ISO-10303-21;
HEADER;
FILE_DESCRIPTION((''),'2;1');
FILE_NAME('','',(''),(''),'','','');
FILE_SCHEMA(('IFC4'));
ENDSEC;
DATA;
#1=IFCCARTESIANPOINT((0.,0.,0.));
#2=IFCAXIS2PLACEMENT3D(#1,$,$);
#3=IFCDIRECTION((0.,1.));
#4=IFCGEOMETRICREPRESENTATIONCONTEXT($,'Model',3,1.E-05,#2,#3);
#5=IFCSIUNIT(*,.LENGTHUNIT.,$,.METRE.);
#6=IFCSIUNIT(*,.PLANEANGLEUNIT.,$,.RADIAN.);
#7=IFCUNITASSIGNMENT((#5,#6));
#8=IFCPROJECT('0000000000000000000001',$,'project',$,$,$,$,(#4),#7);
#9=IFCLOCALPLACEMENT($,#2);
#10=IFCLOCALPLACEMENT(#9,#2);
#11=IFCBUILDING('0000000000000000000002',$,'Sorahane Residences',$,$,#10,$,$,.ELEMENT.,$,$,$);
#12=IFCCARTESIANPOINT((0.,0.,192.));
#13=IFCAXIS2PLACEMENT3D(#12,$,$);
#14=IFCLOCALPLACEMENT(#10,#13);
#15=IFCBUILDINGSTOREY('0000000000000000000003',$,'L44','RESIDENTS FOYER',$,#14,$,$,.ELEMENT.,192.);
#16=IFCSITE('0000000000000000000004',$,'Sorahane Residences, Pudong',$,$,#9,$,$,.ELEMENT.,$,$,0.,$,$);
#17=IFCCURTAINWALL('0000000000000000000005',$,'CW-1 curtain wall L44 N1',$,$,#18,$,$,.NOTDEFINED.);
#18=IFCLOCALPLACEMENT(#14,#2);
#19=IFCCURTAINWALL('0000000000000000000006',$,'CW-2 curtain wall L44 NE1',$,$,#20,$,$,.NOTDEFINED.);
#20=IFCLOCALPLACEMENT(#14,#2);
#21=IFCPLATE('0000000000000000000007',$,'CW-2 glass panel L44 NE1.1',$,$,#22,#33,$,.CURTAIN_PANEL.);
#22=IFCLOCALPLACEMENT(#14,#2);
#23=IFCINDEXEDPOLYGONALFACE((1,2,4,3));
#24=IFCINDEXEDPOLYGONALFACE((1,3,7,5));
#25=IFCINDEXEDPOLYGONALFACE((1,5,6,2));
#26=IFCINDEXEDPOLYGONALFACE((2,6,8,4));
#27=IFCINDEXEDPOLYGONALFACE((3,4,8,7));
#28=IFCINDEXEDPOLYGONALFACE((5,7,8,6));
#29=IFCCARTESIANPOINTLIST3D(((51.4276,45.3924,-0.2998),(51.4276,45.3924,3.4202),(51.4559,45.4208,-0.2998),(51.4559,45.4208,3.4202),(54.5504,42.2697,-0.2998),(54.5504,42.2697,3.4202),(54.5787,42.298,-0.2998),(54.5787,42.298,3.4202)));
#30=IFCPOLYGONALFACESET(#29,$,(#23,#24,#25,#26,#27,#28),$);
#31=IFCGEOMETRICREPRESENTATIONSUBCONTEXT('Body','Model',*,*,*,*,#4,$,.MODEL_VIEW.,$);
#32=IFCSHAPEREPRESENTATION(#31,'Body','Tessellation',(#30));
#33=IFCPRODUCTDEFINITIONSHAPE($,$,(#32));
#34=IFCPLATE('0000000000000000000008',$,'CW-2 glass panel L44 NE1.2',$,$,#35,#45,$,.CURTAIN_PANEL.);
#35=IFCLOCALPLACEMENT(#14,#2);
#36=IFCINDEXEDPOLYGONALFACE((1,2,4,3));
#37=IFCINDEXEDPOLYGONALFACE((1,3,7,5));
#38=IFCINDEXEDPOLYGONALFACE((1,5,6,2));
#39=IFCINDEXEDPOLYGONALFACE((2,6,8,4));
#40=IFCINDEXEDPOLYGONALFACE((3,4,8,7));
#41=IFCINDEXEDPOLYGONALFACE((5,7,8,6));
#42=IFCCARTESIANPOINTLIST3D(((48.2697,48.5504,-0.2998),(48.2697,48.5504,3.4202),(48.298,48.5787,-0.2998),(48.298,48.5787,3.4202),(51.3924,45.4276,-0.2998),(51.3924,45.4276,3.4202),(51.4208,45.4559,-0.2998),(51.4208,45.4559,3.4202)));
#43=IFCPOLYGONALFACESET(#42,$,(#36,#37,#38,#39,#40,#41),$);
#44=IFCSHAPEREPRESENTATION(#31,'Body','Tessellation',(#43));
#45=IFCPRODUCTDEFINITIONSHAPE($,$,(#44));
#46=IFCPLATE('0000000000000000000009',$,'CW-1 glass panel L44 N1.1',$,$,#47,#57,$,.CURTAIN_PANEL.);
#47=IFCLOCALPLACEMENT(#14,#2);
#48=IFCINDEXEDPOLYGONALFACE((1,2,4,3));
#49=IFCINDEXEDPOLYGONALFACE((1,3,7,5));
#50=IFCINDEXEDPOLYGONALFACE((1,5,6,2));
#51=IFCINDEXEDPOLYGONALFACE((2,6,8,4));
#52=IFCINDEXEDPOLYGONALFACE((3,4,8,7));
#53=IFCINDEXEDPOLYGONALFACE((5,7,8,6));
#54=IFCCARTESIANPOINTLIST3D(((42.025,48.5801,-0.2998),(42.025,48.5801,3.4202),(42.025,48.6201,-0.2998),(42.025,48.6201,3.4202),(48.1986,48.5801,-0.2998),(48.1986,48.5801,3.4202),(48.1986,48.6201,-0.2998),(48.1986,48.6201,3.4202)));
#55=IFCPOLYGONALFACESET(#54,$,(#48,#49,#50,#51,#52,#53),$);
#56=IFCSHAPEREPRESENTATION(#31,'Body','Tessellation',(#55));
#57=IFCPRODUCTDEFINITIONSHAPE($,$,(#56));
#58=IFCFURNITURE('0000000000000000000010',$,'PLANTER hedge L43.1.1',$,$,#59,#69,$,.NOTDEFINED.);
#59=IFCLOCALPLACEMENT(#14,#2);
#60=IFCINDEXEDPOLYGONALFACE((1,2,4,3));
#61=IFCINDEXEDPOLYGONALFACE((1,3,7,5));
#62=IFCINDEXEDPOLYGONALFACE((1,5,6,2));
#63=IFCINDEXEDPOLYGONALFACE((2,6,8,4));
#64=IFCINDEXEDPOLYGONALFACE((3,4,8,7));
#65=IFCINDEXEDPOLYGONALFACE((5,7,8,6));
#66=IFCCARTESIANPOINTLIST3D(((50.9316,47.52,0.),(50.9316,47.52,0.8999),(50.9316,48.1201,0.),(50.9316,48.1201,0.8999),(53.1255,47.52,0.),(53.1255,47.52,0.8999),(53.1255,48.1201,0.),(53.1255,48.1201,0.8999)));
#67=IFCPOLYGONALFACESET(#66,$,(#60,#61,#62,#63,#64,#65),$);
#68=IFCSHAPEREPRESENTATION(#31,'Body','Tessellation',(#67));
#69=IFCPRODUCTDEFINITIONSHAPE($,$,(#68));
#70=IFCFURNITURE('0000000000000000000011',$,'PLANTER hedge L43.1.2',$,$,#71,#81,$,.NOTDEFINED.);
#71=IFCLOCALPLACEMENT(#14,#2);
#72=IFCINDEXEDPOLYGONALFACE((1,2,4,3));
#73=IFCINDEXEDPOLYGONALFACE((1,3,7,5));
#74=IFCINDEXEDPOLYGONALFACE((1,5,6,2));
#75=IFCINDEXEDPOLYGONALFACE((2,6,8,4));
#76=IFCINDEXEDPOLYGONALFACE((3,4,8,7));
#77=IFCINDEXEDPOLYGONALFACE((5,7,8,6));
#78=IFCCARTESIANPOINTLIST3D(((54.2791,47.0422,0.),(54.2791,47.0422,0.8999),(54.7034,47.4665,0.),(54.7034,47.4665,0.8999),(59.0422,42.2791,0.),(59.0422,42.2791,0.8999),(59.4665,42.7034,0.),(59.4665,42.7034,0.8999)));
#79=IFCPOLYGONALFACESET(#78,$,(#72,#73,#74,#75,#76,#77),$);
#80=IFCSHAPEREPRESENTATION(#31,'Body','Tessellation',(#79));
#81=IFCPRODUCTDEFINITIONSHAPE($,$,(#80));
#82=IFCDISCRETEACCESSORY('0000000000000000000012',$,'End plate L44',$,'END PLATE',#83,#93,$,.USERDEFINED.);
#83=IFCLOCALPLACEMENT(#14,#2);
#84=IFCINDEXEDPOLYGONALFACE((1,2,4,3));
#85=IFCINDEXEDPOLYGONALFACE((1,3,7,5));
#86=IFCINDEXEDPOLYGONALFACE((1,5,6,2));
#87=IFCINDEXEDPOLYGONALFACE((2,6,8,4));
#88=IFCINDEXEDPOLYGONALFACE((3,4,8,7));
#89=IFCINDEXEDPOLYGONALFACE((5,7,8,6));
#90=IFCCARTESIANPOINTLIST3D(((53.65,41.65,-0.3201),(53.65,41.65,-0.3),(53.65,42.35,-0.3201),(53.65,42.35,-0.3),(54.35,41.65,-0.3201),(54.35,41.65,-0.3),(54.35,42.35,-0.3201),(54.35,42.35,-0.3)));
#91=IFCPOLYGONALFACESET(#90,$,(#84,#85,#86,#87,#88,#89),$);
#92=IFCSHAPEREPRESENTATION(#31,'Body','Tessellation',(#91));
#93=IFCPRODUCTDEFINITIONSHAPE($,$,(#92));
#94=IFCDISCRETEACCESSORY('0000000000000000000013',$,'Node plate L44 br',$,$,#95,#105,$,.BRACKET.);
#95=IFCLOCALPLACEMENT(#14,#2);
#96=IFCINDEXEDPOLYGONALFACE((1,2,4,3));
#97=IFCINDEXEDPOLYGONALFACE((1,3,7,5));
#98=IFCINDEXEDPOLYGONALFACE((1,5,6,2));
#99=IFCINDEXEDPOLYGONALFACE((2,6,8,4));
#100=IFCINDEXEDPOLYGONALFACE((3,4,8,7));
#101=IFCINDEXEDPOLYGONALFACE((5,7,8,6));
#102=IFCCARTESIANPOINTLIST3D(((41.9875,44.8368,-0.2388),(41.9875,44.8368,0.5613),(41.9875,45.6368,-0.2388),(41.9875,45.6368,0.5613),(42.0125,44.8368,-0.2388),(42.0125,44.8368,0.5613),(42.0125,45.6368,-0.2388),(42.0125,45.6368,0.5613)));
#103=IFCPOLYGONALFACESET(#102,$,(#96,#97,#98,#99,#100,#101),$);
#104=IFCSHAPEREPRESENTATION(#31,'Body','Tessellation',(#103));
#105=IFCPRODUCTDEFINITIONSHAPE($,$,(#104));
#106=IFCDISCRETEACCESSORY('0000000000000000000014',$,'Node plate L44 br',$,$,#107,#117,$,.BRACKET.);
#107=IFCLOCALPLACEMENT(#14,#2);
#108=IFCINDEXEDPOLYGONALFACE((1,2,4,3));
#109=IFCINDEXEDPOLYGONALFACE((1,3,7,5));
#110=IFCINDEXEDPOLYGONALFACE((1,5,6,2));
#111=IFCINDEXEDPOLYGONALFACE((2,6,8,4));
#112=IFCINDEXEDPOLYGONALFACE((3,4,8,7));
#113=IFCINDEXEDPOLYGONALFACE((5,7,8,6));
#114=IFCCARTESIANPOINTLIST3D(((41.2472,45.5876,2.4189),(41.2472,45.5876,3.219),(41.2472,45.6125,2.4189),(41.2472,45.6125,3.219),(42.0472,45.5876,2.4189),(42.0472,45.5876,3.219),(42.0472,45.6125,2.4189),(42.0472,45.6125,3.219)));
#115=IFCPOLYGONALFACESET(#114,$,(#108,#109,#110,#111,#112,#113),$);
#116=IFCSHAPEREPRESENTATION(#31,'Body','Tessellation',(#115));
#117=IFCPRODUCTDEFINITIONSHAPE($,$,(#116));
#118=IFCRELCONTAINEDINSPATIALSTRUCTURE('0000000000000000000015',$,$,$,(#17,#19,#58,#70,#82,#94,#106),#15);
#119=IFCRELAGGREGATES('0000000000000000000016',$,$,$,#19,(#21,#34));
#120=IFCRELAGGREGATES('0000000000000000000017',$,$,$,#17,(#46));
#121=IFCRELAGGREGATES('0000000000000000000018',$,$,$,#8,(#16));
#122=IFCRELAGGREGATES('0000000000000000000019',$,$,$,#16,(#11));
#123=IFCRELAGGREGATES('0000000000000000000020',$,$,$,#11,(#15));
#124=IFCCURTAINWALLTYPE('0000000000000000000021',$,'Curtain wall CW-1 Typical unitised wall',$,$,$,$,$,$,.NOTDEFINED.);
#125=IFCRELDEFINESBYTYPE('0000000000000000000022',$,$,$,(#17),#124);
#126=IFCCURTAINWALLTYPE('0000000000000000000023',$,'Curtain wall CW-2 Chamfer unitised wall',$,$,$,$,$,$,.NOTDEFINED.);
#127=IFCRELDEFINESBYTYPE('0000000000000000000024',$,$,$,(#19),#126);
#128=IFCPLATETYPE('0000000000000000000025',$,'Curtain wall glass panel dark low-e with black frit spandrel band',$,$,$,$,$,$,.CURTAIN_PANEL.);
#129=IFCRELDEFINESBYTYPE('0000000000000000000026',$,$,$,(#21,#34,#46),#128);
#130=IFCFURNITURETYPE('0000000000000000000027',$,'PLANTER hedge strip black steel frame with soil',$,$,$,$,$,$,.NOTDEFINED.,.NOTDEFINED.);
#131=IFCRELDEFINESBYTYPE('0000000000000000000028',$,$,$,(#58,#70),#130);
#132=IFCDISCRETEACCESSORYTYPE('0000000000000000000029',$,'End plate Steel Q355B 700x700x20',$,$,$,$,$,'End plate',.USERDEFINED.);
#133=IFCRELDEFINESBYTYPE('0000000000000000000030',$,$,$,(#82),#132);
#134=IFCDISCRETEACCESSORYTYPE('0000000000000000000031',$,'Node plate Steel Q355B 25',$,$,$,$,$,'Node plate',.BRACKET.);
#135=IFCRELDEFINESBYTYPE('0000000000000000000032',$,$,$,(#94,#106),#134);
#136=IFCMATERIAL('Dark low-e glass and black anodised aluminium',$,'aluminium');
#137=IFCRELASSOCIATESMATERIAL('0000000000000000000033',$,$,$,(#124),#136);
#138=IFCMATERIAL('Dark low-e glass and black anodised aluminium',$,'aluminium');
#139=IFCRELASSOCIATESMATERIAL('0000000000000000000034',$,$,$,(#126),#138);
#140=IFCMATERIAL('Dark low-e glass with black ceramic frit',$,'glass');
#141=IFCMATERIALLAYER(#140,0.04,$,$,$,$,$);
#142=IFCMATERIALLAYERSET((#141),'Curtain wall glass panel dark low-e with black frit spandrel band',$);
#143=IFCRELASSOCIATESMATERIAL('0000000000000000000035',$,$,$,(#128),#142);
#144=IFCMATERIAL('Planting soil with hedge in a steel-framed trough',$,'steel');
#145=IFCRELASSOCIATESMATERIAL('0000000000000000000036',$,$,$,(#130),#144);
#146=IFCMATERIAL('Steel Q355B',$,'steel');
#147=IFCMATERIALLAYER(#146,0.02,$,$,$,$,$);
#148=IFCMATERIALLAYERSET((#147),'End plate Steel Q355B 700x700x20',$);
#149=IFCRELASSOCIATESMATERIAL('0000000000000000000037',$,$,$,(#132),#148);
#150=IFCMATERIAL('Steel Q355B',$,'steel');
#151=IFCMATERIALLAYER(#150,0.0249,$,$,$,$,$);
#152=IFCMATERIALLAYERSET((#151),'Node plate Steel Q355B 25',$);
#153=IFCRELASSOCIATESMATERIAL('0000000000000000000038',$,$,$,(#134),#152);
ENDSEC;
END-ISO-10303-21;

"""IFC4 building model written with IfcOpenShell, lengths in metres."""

from ifc_helpers import new_model, si_unit, direction, frame, origin, origin_2d, place, context, subcontext, project, spatial, rectangle, extrude, material, layer, layer_set, type_object, element, aggregate, save


model = new_model("IFC4")

# Units and contexts
model_context = context("Model", 3, precision=1e-05, world=origin(), true_north=direction((0.0, 1.0)))
body_context = subcontext(model_context, "Body", "Model", "MODEL_VIEW")
ifc_project = project(units=[si_unit("LENGTHUNIT", "METRE"), si_unit("PLANEANGLEUNIT", "RADIAN")], contexts=[model_context])

# Site, building, storey
site_placement = place(None, origin())
site = spatial("IfcSite", under=ifc_project, at=site_placement, Name="Sorahane Residences, Pudong", CompositionType="ELEMENT", RefElevation=0.0)
building_placement = place(site_placement, origin())
building = spatial("IfcBuilding", under=site, at=building_placement, Name="Sorahane Residences", CompositionType="ELEMENT")
storey_placement = place(building_placement, frame((0.0, 0.0, 192.0)))
storey = spatial("IfcBuildingStorey", under=building, at=storey_placement, Name="L44", Description="RESIDENTS FOYER", CompositionType="ELEMENT", Elevation=192.0)

# Curtain wall
ifc_material_1 = material(Name="Dark low-e glass and black anodised aluminium", Category="aluminium")
curtain_wall_type_1 = type_object("IfcCurtainWallType", Name="Curtain wall CW-1 Typical unitised wall", PredefinedType="NOTDEFINED", material=ifc_material_1)
curtain_wall_1_placement = place(storey_placement, origin())
curtain_wall_1 = element("IfcCurtainWall", 1, at=curtain_wall_1_placement, inside=storey, type_object=curtain_wall_type_1, Name="CW-1 curtain wall L44 N1", PredefinedType="NOTDEFINED")

# Curtain wall
ifc_material_2 = material(Name="Dark low-e glass and black anodised aluminium", Category="aluminium")
curtain_wall_type_2 = type_object("IfcCurtainWallType", Name="Curtain wall CW-2 Chamfer unitised wall", PredefinedType="NOTDEFINED", material=ifc_material_2)
curtain_wall_2_placement = place(storey_placement, origin())
curtain_wall_2 = element("IfcCurtainWall", 2, at=curtain_wall_2_placement, inside=storey, type_object=curtain_wall_type_2, Name="CW-2 curtain wall L44 NE1", PredefinedType="NOTDEFINED")

# Plates
ifc_material_3 = material(Name="Dark low-e glass with black ceramic frit", Category="glass")
ifc_layer_1 = layer(ifc_material_3, 0.04)
ifc_layer_set_1 = layer_set([ifc_layer_1], Name="Curtain wall glass panel dark low-e with black frit spandrel band")
plate_type = type_object("IfcPlateType", Name="Curtain wall glass panel dark low-e with black frit spandrel band", PredefinedType="CURTAIN_PANEL", material=ifc_layer_set_1)
plate_1_placement = place(storey_placement, frame((53.0032, 43.8452, -0.2998), z_axis=(0.0, 0.0, 1.0), x_axis=(-0.707107, 0.707107, 0.0)))
plate_1 = element("IfcPlate", 3, at=plate_1_placement, type_object=plate_type, Name="CW-2 glass panel L44 NE1.1", PredefinedType="CURTAIN_PANEL", context=body_context, shape_type="SweptSolid", body=[
    extrude(rectangle(XDim=4.4163, YDim=0.04, at=origin_2d()), origin(), (0.0, 0.0, 1.0), 3.72),
])
plate_2_placement = place(storey_placement, frame((49.8452, 47.0032, -0.2998), z_axis=(0.0, 0.0, 1.0), x_axis=(-0.707107, 0.707107, 0.0)))
plate_2 = element("IfcPlate", 4, at=plate_2_placement, type_object=plate_type, Name="CW-2 glass panel L44 NE1.2", PredefinedType="CURTAIN_PANEL", context=body_context, shape_type="SweptSolid", body=[
    extrude(rectangle(XDim=4.4163, YDim=0.04, at=origin_2d()), origin(), (0.0, 0.0, 1.0), 3.72),
])
aggregate(curtain_wall_2, [plate_1, plate_2])
plate_3_placement = place(storey_placement, frame((45.1118, 48.6001, -0.2998), z_axis=(0.0, 0.0, 1.0), x_axis=(-1.0, 0.0, 0.0)))
plate_3 = element("IfcPlate", 5, at=plate_3_placement, type_object=plate_type, Name="CW-1 glass panel L44 N1.1", PredefinedType="CURTAIN_PANEL", context=body_context, shape_type="SweptSolid", body=[
    extrude(rectangle(XDim=6.1736, YDim=0.04, at=origin_2d()), origin(), (0.0, 0.0, 1.0), 3.72),
])
aggregate(curtain_wall_1, [plate_3])

# Furniture
ifc_material_4 = material(Name="Planting soil with hedge in a steel-framed trough", Category="steel")
furniture_type = type_object("IfcFurnitureType", Name="PLANTER hedge strip black steel frame with soil", AssemblyPlace="NOTDEFINED", PredefinedType="NOTDEFINED", material=ifc_material_4)
furniture_1_placement = place(storey_placement, frame((52.0286, 47.8201, 0.0), z_axis=(0.0, 0.0, 1.0), x_axis=(1.0, 0.0, 0.0)))
element("IfcFurniture", 6, at=furniture_1_placement, inside=storey, type_object=furniture_type, Name="PLANTER hedge L43.1.1", PredefinedType="NOTDEFINED", context=body_context, shape_type="SweptSolid", body=[
    extrude(rectangle(XDim=2.1938, YDim=0.6001, at=origin_2d()), origin(), (0.0, 0.0, 1.0), 0.8999),
])
furniture_2_placement = place(storey_placement, frame((56.8728, 44.8728, 0.0), z_axis=(0.0, 0.0, 1.0), x_axis=(0.707107, -0.707107, 0.0)))
element("IfcFurniture", 7, at=furniture_2_placement, inside=storey, type_object=furniture_type, Name="PLANTER hedge L43.1.2", PredefinedType="NOTDEFINED", context=body_context, shape_type="SweptSolid", body=[
    extrude(rectangle(XDim=6.7361, YDim=0.6001, at=origin_2d()), origin(), (0.0, 0.0, 1.0), 0.8999),
])

# Discrete accessories
ifc_material_5 = material(Name="Steel Q355B", Category="steel")
ifc_layer_2 = layer(ifc_material_5, 0.02)
ifc_layer_set_2 = layer_set([ifc_layer_2], Name="End plate Steel Q355B 700x700x20")
discrete_accessory_type_1 = type_object("IfcDiscreteAccessoryType", Name="End plate Steel Q355B 700x700x20", ElementType="End plate", PredefinedType="USERDEFINED", material=ifc_layer_set_2)
discrete_accessory_placement = place(storey_placement, frame((54.0, 42.0, -0.3201), z_axis=(0.0, 0.0, 1.0), x_axis=(1.0, 0.0, 0.0)))
element("IfcDiscreteAccessory", 8, at=discrete_accessory_placement, inside=storey, type_object=discrete_accessory_type_1, Name="End plate L44", ObjectType="END PLATE", PredefinedType="USERDEFINED", context=body_context, shape_type="SweptSolid", body=[
    extrude(rectangle(XDim=0.7, YDim=0.7, at=origin_2d()), origin(), (0.0, 0.0, 1.0), 0.02),
])
ifc_material_6 = material(Name="Steel Q355B", Category="steel")
ifc_layer_3 = layer(ifc_material_6, 0.0249)
ifc_layer_set_3 = layer_set([ifc_layer_3], Name="Node plate Steel Q355B 25")
discrete_accessory_type_2 = type_object("IfcDiscreteAccessoryType", Name="Node plate Steel Q355B 25", ElementType="Node plate", PredefinedType="BRACKET", material=ifc_layer_set_3)
for number, where, z_axis, x_axis, name in (
    (9, (42.0, 45.2368, -0.2388), (0.0, 0.0, 1.0), (0.0, 1.0, 0.0), "Node plate L44 br"),
    (10, (41.6472, 45.6001, 2.4189), (0.0, 0.0, 1.0), (1.0, 0.0, 0.0), "Node plate L44 br"),
):
    element("IfcDiscreteAccessory", number, at=place(storey_placement, frame(where, z_axis=z_axis, x_axis=x_axis)), inside=storey, type_object=discrete_accessory_type_2, Name=name, PredefinedType="BRACKET", context=body_context, shape_type="SweptSolid", body=[
        extrude(rectangle(XDim=0.8, YDim=0.0249, at=origin_2d()), origin(), (0.0, 0.0, 1.0), 0.8),
    ])

save(model, "model.ifc")
